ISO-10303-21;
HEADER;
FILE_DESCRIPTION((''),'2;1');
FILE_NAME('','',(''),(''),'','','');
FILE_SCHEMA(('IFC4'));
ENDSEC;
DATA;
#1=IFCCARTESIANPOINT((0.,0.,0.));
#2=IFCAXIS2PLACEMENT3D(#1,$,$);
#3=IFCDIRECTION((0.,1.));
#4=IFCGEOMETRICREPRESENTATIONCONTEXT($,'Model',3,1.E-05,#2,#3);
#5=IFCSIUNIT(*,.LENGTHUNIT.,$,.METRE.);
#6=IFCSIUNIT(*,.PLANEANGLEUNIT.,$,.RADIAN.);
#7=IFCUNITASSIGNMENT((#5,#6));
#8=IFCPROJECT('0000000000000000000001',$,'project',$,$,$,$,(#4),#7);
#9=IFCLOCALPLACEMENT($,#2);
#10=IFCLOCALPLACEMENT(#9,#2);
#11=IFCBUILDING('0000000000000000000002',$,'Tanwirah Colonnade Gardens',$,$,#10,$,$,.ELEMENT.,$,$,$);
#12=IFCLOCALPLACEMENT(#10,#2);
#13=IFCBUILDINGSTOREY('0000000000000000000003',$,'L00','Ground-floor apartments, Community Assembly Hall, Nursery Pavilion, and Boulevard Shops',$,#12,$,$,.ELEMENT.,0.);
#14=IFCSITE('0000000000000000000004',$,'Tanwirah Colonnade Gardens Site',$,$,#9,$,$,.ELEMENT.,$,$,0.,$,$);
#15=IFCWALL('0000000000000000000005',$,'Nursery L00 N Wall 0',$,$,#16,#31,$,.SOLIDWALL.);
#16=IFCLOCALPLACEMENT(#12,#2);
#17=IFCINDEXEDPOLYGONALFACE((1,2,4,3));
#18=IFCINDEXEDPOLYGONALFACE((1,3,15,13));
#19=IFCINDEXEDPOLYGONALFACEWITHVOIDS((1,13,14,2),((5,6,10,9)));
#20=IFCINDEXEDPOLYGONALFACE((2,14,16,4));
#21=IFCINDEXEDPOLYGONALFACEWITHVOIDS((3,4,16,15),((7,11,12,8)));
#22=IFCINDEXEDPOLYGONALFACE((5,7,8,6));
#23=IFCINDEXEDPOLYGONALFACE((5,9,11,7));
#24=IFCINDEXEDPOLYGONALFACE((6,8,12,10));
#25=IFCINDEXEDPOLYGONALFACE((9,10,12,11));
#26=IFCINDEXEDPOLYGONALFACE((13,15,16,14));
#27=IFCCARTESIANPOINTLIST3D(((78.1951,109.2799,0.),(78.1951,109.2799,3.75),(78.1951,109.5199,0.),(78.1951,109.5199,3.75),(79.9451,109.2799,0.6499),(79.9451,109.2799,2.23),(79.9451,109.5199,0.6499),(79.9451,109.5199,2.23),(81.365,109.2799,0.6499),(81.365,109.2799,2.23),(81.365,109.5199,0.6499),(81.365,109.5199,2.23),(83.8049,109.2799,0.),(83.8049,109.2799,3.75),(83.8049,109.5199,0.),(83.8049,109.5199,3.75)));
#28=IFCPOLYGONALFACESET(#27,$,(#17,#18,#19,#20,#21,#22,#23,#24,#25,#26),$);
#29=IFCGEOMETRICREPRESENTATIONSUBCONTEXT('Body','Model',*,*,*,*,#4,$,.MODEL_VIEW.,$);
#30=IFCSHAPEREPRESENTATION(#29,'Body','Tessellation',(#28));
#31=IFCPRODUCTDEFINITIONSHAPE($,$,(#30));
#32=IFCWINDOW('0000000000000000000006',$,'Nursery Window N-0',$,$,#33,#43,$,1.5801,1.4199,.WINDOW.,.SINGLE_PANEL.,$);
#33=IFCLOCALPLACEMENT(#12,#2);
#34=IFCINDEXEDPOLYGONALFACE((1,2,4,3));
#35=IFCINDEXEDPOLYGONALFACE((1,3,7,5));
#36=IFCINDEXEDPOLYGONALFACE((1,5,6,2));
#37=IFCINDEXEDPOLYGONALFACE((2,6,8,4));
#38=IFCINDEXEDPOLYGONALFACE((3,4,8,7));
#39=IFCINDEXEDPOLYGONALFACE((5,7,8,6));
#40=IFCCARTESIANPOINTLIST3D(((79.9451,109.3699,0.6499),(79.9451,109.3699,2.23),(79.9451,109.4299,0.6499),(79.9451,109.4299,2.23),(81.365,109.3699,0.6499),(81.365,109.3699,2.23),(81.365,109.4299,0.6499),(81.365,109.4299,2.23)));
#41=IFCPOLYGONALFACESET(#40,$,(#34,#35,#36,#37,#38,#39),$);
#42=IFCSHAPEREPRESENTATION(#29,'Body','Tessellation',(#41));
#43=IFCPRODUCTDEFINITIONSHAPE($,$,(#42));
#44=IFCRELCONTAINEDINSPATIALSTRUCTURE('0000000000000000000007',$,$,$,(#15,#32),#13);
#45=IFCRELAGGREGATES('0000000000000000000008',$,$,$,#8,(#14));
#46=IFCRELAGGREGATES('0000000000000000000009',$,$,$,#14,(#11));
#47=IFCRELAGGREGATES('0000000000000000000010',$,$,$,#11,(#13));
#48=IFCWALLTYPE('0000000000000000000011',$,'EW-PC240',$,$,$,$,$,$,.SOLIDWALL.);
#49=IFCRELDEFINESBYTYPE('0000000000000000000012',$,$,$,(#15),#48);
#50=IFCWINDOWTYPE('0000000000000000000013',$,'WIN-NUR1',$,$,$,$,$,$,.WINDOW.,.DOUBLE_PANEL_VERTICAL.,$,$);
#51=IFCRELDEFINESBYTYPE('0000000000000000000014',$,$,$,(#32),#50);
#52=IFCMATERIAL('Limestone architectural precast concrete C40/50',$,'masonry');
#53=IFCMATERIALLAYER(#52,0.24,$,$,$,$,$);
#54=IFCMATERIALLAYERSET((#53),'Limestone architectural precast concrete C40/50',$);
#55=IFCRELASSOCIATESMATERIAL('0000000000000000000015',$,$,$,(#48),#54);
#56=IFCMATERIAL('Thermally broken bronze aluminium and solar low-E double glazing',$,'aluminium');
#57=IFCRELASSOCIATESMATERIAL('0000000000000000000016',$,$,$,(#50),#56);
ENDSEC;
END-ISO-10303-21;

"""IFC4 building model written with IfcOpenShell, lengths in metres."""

from ifc_helpers import new_model, si_unit, direction, frame, frame_2d, origin, place, context, subcontext, project, spatial, rectangle, extrude, material, layer, layer_set, type_object, element, fill, save


model = new_model("IFC4")

# Units and contexts
model_context = context("Model", 3, precision=1e-05, world=origin(), true_north=direction((0.0, 1.0)))
body_context = subcontext(model_context, "Body", "Model", "MODEL_VIEW")
ifc_project = project(units=[si_unit("LENGTHUNIT", "METRE"), si_unit("PLANEANGLEUNIT", "RADIAN")], contexts=[model_context])

# Site, building, storey
site_placement = place(None, origin())
site = spatial("IfcSite", under=ifc_project, at=site_placement, Name="Tanwirah Colonnade Gardens Site", CompositionType="ELEMENT", RefElevation=0.0)
building_placement = place(site_placement, origin())
building = spatial("IfcBuilding", under=site, at=building_placement, Name="Tanwirah Colonnade Gardens", CompositionType="ELEMENT")
storey_placement = place(building_placement, origin())
storey = spatial("IfcBuildingStorey", under=building, at=storey_placement, Name="L00", Description="Ground-floor apartments, Community Assembly Hall, Nursery Pavilion, and Boulevard Shops", CompositionType="ELEMENT", Elevation=0.0)

# Wall, opening, window
ifc_material_1 = material(Name="Limestone architectural precast concrete C40/50", Category="masonry")
ifc_layer_1 = layer(ifc_material_1, 0.24)
ifc_layer_set_1 = layer_set([ifc_layer_1], Name="Limestone architectural precast concrete C40/50")
wall_type = type_object("IfcWallType", Name="EW-PC240", PredefinedType="SOLIDWALL", material=ifc_layer_set_1)
wall_placement = place(storey_placement, frame((78.1951, 109.3999, 0.0), z_axis=(0.0, 0.0, 1.0), x_axis=(1.0, 0.0, 0.0)))
wall = element("IfcWall", 1, at=wall_placement, inside=storey, type_object=wall_type, Name="Nursery L00 N Wall 0", PredefinedType="SOLIDWALL", context=body_context, shape_type="SweptSolid", body=[
    extrude(rectangle(XDim=5.6099, YDim=0.24, at=frame_2d((2.8049, 0.0))), origin(), (0.0, 0.0, 1.0), 3.75),
])
opening_placement = place(wall_placement, frame((1.75, 0.0, 0.6499)))
opening = element("IfcOpeningElement", 2, at=opening_placement, cuts=wall, PredefinedType="OPENING", context=body_context, shape_type="SweptSolid", body=[
    extrude(rectangle(XDim=1.4199, YDim=1.5801, at=frame_2d((0.71, 0.79))), frame((0.0, 0.1299, 0.0), z_axis=(0.0, -1.0, 0.0), x_axis=(1.0, 0.0, 0.0)), (0.0, 0.0, 1.0), 0.26),
])
ifc_material_2 = material(Name="Thermally broken bronze aluminium and solar low-E double glazing", Category="aluminium")
window_type = type_object("IfcWindowType", Name="WIN-NUR1", PartitioningType="DOUBLE_PANEL_VERTICAL", PredefinedType="WINDOW", material=ifc_material_2)
window_placement = place(opening_placement, origin())
window = element("IfcWindow", 3, at=window_placement, inside=storey, type_object=window_type, Name="Nursery Window N-0", OverallHeight=1.5801, OverallWidth=1.4199, PartitioningType="SINGLE_PANEL", PredefinedType="WINDOW", context=body_context, shape_type="SweptSolid", body=[
    extrude(rectangle(XDim=1.4199, YDim=1.5801, at=frame_2d((0.71, 0.79))), frame((0.0, 0.03, 0.0), z_axis=(0.0, -1.0, 0.0), x_axis=(1.0, 0.0, 0.0)), (0.0, 0.0, 1.0), 0.0601),
])
fill(opening, window)

save(model, "model.ifc")
